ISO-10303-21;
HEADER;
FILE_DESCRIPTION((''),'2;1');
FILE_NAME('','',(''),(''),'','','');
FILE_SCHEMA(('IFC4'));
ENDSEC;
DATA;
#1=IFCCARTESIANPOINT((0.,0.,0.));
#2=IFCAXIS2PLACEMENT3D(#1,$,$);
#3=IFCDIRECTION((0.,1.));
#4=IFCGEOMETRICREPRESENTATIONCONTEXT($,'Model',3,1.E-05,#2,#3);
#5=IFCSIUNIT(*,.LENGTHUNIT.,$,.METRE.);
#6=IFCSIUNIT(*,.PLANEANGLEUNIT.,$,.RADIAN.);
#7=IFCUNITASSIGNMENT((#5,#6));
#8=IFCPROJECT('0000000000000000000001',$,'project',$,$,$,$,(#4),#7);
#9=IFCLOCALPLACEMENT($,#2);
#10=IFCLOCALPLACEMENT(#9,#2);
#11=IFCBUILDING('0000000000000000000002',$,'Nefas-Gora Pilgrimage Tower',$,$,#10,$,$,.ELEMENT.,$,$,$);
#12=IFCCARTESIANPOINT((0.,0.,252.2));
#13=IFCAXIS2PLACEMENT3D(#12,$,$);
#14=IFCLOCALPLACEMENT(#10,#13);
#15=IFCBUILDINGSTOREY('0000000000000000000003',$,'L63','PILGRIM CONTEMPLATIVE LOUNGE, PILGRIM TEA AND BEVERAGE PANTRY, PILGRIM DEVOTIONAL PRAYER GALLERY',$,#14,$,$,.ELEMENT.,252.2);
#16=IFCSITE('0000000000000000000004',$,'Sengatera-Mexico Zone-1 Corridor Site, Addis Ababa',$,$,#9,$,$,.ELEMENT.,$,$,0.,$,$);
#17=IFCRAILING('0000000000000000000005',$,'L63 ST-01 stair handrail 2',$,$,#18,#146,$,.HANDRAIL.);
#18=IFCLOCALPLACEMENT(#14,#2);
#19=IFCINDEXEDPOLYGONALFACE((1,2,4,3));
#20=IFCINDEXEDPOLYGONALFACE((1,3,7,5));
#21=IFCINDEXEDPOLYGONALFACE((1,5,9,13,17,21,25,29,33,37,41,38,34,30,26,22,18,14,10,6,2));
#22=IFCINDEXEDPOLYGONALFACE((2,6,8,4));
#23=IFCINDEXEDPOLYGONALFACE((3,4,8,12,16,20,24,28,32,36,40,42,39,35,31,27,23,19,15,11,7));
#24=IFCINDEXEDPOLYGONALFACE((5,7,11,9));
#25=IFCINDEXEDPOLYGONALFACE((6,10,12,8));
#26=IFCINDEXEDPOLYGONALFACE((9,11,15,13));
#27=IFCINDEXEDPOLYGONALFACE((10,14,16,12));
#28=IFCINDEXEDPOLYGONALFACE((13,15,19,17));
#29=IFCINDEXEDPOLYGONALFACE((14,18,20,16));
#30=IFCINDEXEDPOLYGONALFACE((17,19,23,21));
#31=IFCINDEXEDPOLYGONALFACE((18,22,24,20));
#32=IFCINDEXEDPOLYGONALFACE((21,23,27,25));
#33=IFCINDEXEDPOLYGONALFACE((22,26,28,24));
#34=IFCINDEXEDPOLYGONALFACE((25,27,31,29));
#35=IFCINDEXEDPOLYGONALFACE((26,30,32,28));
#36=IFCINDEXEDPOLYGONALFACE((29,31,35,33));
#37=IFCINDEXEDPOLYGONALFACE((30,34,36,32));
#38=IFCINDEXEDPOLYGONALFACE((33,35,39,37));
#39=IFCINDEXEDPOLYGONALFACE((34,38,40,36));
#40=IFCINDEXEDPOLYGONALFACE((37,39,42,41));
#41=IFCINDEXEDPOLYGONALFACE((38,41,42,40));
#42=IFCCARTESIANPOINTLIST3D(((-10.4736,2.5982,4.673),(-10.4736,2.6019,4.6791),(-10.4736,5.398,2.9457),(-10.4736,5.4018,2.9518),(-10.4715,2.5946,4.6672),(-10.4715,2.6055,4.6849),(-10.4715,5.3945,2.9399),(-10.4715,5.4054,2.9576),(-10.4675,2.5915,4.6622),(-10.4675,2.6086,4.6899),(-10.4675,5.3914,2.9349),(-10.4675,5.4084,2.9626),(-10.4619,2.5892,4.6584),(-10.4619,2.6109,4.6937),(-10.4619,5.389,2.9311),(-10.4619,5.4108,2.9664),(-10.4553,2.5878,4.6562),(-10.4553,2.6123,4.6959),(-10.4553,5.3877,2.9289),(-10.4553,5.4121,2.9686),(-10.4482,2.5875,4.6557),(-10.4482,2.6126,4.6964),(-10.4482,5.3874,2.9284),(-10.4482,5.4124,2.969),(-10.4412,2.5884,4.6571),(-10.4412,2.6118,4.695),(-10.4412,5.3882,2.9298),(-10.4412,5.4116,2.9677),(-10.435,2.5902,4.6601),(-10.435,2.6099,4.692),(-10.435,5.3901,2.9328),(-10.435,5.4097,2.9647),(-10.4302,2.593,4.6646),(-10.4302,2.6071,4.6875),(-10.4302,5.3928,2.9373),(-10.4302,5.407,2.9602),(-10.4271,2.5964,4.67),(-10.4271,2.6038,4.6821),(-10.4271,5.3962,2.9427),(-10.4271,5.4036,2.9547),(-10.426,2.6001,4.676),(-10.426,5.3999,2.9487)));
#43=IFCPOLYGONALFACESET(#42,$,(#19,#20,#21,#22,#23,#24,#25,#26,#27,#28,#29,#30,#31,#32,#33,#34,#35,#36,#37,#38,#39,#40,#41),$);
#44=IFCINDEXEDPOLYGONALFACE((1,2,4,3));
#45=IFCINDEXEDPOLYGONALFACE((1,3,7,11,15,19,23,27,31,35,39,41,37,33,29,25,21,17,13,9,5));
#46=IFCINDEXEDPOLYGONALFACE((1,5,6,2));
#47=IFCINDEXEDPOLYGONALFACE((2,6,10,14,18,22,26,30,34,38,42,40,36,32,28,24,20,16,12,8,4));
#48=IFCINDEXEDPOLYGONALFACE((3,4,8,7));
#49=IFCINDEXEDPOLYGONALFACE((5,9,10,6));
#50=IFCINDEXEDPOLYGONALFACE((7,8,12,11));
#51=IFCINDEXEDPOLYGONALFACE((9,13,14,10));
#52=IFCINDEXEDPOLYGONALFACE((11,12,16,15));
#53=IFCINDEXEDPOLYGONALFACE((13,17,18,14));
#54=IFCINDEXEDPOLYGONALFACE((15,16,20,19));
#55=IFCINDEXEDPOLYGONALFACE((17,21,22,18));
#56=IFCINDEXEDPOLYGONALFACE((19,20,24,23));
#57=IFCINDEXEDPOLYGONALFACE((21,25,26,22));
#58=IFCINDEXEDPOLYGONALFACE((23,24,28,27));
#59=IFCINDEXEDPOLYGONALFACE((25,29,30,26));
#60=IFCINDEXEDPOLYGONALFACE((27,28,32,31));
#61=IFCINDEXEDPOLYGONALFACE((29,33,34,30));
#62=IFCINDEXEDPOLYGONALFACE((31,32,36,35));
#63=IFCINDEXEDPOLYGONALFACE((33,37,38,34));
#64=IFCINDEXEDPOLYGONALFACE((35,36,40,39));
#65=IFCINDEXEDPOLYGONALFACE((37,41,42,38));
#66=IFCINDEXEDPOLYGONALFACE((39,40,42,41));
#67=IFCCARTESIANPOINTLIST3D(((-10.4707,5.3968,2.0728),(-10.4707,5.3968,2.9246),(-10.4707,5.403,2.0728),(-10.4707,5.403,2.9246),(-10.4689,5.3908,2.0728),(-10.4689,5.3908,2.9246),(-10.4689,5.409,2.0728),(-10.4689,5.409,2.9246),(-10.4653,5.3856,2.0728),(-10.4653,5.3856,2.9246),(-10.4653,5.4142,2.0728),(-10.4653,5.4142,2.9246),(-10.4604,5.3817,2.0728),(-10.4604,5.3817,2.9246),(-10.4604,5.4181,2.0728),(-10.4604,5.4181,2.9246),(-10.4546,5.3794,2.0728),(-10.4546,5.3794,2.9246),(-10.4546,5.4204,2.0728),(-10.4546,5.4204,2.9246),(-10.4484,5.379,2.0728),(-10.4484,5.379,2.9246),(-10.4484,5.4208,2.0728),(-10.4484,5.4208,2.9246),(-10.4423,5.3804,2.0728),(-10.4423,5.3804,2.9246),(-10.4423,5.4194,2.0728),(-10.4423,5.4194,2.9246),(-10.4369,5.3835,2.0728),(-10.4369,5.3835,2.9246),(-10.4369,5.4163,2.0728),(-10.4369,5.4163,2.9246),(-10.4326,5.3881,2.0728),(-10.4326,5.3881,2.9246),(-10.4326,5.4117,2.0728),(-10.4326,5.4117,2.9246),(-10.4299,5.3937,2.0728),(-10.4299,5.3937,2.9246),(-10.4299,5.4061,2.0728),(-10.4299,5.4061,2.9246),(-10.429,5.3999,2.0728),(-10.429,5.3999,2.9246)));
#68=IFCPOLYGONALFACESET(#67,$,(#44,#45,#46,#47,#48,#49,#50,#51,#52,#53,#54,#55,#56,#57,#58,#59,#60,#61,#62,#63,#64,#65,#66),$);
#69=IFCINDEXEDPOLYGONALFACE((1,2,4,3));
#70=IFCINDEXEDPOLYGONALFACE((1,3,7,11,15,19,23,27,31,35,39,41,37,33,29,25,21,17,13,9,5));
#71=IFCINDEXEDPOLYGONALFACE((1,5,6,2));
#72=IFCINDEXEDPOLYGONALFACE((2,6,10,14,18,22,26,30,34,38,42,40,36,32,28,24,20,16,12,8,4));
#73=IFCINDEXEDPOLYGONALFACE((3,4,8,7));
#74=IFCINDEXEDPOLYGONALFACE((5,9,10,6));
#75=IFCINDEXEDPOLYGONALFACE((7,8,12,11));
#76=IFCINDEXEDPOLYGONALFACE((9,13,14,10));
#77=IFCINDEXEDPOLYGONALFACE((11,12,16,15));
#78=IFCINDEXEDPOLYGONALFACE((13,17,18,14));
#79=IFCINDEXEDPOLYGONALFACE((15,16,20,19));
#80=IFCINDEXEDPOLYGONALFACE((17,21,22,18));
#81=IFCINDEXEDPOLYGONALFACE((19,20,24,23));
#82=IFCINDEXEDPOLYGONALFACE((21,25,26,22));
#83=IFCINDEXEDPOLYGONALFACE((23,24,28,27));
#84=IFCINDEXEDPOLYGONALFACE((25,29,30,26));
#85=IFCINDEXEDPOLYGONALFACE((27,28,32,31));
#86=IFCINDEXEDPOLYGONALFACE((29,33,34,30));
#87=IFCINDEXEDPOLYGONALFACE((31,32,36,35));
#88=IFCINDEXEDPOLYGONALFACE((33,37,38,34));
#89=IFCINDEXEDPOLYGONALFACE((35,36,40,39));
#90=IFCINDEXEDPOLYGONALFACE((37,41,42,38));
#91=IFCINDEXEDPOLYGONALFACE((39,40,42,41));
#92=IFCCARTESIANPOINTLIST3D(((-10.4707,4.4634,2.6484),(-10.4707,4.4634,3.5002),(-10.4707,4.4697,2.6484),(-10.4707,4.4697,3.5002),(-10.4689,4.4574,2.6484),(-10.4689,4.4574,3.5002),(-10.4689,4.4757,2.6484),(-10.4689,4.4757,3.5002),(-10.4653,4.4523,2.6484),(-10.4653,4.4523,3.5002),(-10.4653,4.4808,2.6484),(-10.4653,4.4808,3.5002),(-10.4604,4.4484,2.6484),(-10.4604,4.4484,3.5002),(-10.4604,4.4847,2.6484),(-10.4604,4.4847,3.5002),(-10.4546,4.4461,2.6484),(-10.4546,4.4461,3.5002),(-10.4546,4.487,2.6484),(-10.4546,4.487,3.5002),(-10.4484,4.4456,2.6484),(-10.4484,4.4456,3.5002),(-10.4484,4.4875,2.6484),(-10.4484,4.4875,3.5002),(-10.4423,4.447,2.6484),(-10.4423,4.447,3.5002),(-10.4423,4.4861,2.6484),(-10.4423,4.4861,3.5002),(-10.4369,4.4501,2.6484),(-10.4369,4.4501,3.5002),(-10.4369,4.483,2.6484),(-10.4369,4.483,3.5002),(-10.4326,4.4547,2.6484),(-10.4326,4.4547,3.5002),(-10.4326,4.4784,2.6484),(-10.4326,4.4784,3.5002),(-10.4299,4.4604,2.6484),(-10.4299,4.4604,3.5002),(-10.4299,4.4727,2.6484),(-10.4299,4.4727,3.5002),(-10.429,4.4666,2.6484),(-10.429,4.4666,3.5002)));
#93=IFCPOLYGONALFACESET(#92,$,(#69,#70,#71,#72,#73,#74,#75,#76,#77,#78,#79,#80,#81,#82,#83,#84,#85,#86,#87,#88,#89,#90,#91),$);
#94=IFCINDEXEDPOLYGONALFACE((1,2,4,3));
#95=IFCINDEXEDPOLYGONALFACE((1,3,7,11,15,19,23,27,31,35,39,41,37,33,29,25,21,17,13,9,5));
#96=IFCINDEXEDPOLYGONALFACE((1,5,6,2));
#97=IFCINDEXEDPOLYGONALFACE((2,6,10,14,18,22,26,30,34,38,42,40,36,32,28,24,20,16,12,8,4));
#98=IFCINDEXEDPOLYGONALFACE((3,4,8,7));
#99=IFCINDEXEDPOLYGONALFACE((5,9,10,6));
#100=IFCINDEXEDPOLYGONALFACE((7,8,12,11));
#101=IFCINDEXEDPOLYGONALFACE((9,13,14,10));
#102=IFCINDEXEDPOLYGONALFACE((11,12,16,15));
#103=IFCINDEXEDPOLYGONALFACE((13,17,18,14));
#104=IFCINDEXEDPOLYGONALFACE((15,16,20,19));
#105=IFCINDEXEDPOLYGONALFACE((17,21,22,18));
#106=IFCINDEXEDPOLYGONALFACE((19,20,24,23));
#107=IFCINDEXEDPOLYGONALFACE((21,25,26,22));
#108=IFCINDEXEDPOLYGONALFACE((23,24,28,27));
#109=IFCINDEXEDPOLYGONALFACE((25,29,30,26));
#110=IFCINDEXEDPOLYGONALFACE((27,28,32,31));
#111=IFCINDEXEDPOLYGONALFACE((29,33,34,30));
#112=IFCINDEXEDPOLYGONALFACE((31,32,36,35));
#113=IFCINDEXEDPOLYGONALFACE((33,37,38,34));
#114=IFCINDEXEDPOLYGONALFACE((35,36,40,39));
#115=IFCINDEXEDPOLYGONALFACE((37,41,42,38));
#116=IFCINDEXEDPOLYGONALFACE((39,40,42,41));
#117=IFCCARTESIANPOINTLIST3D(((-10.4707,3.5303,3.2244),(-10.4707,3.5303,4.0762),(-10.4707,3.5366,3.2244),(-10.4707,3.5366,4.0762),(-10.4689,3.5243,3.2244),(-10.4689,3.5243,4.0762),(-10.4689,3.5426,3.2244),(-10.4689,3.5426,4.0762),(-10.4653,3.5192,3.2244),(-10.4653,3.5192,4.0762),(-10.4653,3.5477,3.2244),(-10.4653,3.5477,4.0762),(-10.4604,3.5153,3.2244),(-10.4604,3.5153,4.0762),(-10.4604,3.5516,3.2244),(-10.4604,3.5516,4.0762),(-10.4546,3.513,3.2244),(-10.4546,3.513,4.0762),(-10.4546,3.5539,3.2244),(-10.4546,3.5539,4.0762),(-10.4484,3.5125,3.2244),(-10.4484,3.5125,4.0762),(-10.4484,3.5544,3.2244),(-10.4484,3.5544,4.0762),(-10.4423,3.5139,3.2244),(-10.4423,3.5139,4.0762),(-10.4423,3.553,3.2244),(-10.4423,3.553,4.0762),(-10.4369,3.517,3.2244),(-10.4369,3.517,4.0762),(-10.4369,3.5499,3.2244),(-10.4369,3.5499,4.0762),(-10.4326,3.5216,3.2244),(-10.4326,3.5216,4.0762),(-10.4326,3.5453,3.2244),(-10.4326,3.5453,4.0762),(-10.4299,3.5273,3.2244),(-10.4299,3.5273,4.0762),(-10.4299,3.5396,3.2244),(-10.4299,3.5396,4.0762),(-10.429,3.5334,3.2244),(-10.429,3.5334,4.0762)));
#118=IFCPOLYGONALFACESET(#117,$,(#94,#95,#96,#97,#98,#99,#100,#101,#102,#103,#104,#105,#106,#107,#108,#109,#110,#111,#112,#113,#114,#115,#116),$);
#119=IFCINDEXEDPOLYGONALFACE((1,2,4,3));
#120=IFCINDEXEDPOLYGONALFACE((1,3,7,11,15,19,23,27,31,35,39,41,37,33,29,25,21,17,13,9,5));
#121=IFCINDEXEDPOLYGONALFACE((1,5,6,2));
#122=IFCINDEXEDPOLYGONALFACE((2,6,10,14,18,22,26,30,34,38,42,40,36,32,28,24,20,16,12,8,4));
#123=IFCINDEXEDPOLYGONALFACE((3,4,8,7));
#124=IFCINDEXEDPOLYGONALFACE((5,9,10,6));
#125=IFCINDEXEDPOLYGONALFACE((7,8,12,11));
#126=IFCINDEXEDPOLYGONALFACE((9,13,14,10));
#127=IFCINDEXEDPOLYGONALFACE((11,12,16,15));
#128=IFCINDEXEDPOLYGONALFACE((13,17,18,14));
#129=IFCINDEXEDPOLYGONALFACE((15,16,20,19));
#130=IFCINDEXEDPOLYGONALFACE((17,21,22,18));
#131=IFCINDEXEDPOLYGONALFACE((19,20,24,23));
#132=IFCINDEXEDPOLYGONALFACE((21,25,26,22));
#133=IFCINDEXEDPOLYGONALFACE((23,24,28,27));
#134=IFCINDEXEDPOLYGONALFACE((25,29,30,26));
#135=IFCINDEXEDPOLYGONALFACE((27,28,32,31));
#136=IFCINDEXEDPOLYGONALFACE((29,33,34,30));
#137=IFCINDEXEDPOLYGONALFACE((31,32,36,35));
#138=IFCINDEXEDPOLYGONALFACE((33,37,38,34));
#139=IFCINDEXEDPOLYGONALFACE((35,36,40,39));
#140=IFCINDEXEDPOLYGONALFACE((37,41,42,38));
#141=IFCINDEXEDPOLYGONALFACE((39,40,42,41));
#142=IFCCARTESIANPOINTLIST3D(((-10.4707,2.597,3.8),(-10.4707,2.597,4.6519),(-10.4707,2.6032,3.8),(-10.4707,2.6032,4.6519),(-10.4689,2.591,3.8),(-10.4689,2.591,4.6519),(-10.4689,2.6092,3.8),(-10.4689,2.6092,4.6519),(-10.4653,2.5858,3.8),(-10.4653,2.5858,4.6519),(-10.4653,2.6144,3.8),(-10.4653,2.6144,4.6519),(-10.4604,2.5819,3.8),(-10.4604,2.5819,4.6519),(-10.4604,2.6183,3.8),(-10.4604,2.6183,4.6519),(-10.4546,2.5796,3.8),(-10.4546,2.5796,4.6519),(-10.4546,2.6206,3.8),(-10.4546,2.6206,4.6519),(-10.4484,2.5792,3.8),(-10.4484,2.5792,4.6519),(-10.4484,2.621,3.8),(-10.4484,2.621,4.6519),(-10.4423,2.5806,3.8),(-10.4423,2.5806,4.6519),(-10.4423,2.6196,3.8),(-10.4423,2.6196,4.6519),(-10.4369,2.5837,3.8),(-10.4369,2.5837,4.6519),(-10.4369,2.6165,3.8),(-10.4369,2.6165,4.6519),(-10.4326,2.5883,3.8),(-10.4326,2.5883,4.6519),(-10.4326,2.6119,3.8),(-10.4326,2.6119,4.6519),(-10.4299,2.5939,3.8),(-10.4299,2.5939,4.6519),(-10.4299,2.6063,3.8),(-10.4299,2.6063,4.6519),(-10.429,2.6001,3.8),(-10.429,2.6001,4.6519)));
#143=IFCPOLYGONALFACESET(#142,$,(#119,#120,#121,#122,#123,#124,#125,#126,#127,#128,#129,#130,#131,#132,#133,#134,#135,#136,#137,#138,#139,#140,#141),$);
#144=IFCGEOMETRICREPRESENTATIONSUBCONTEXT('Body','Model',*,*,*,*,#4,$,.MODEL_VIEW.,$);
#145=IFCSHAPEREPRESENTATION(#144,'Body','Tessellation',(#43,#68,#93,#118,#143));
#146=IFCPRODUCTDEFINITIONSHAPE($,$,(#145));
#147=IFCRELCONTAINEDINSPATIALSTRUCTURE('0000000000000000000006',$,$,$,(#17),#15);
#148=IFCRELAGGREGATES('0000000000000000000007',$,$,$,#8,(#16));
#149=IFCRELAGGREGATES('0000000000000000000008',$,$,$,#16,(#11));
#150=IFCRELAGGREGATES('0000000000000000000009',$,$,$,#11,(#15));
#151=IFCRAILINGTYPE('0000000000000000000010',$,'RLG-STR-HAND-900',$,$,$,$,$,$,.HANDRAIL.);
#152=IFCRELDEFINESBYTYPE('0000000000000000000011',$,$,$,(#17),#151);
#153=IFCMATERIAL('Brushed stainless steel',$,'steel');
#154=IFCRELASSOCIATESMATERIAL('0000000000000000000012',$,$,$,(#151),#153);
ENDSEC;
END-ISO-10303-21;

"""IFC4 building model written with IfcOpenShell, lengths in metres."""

from ifc_helpers import new_model, si_unit, direction, frame, origin, origin_2d, place, context, subcontext, project, spatial, circle, extrude, material, type_object, element, save


model = new_model("IFC4")

# Units and contexts
model_context = context("Model", 3, precision=1e-05, world=origin(), true_north=direction((0.0, 1.0)))
body_context = subcontext(model_context, "Body", "Model", "MODEL_VIEW")
ifc_project = project(units=[si_unit("LENGTHUNIT", "METRE"), si_unit("PLANEANGLEUNIT", "RADIAN")], contexts=[model_context])

# Site, building, storey
site_placement = place(None, origin())
site = spatial("IfcSite", under=ifc_project, at=site_placement, Name="Sengatera-Mexico Zone-1 Corridor Site, Addis Ababa", CompositionType="ELEMENT", RefElevation=0.0)
building_placement = place(site_placement, origin())
building = spatial("IfcBuilding", under=site, at=building_placement, Name="Nefas-Gora Pilgrimage Tower", CompositionType="ELEMENT")
storey_placement = place(building_placement, frame((0.0, 0.0, 252.2)))
storey = spatial("IfcBuildingStorey", under=building, at=storey_placement, Name="L63", Description="PILGRIM CONTEMPLATIVE LOUNGE, PILGRIM TEA AND BEVERAGE PANTRY, PILGRIM DEVOTIONAL PRAYER GALLERY", CompositionType="ELEMENT", Elevation=252.2)

# Railing
ifc_material_1 = material(Name="Brushed stainless steel", Category="steel")
railing_type_1 = type_object("IfcRailingType", Name="RLG-STR-HAND-900", PredefinedType="HANDRAIL", material=ifc_material_1)
railing_1_placement = place(storey_placement, frame((-10.45, 5.3999, 2.0728)))
element("IfcRailing", 1, at=railing_1_placement, inside=storey, type_object=railing_type_1, Name="L63 ST-01 stair handrail 2", PredefinedType="HANDRAIL", context=body_context, shape_type="SweptSolid", body=[
    extrude(circle(Radius=0.0239, at=origin_2d()), frame((0.0, 0.0, 0.876), z_axis=(0.0, -0.851069, 0.525054), x_axis=(1.0, 0.0, 0.0)), (0.0, 0.0, 1.0), 3.2898),
    extrude(circle(Radius=0.021, at=origin_2d()), origin(), (0.0, 0.0, 1.0), 0.8518),
    extrude(circle(Radius=0.021, at=origin_2d()), frame((0.0, -0.9333, 0.5757)), (0.0, 0.0, 1.0), 0.8518),
    extrude(circle(Radius=0.021, at=origin_2d()), frame((0.0, -1.8665, 1.1516)), (0.0, 0.0, 1.0), 0.8518),
    extrude(circle(Radius=0.021, at=origin_2d()), frame((0.0, -2.7998, 1.7273)), (0.0, 0.0, 1.0), 0.8518),
])

save(model, "model.ifc")
